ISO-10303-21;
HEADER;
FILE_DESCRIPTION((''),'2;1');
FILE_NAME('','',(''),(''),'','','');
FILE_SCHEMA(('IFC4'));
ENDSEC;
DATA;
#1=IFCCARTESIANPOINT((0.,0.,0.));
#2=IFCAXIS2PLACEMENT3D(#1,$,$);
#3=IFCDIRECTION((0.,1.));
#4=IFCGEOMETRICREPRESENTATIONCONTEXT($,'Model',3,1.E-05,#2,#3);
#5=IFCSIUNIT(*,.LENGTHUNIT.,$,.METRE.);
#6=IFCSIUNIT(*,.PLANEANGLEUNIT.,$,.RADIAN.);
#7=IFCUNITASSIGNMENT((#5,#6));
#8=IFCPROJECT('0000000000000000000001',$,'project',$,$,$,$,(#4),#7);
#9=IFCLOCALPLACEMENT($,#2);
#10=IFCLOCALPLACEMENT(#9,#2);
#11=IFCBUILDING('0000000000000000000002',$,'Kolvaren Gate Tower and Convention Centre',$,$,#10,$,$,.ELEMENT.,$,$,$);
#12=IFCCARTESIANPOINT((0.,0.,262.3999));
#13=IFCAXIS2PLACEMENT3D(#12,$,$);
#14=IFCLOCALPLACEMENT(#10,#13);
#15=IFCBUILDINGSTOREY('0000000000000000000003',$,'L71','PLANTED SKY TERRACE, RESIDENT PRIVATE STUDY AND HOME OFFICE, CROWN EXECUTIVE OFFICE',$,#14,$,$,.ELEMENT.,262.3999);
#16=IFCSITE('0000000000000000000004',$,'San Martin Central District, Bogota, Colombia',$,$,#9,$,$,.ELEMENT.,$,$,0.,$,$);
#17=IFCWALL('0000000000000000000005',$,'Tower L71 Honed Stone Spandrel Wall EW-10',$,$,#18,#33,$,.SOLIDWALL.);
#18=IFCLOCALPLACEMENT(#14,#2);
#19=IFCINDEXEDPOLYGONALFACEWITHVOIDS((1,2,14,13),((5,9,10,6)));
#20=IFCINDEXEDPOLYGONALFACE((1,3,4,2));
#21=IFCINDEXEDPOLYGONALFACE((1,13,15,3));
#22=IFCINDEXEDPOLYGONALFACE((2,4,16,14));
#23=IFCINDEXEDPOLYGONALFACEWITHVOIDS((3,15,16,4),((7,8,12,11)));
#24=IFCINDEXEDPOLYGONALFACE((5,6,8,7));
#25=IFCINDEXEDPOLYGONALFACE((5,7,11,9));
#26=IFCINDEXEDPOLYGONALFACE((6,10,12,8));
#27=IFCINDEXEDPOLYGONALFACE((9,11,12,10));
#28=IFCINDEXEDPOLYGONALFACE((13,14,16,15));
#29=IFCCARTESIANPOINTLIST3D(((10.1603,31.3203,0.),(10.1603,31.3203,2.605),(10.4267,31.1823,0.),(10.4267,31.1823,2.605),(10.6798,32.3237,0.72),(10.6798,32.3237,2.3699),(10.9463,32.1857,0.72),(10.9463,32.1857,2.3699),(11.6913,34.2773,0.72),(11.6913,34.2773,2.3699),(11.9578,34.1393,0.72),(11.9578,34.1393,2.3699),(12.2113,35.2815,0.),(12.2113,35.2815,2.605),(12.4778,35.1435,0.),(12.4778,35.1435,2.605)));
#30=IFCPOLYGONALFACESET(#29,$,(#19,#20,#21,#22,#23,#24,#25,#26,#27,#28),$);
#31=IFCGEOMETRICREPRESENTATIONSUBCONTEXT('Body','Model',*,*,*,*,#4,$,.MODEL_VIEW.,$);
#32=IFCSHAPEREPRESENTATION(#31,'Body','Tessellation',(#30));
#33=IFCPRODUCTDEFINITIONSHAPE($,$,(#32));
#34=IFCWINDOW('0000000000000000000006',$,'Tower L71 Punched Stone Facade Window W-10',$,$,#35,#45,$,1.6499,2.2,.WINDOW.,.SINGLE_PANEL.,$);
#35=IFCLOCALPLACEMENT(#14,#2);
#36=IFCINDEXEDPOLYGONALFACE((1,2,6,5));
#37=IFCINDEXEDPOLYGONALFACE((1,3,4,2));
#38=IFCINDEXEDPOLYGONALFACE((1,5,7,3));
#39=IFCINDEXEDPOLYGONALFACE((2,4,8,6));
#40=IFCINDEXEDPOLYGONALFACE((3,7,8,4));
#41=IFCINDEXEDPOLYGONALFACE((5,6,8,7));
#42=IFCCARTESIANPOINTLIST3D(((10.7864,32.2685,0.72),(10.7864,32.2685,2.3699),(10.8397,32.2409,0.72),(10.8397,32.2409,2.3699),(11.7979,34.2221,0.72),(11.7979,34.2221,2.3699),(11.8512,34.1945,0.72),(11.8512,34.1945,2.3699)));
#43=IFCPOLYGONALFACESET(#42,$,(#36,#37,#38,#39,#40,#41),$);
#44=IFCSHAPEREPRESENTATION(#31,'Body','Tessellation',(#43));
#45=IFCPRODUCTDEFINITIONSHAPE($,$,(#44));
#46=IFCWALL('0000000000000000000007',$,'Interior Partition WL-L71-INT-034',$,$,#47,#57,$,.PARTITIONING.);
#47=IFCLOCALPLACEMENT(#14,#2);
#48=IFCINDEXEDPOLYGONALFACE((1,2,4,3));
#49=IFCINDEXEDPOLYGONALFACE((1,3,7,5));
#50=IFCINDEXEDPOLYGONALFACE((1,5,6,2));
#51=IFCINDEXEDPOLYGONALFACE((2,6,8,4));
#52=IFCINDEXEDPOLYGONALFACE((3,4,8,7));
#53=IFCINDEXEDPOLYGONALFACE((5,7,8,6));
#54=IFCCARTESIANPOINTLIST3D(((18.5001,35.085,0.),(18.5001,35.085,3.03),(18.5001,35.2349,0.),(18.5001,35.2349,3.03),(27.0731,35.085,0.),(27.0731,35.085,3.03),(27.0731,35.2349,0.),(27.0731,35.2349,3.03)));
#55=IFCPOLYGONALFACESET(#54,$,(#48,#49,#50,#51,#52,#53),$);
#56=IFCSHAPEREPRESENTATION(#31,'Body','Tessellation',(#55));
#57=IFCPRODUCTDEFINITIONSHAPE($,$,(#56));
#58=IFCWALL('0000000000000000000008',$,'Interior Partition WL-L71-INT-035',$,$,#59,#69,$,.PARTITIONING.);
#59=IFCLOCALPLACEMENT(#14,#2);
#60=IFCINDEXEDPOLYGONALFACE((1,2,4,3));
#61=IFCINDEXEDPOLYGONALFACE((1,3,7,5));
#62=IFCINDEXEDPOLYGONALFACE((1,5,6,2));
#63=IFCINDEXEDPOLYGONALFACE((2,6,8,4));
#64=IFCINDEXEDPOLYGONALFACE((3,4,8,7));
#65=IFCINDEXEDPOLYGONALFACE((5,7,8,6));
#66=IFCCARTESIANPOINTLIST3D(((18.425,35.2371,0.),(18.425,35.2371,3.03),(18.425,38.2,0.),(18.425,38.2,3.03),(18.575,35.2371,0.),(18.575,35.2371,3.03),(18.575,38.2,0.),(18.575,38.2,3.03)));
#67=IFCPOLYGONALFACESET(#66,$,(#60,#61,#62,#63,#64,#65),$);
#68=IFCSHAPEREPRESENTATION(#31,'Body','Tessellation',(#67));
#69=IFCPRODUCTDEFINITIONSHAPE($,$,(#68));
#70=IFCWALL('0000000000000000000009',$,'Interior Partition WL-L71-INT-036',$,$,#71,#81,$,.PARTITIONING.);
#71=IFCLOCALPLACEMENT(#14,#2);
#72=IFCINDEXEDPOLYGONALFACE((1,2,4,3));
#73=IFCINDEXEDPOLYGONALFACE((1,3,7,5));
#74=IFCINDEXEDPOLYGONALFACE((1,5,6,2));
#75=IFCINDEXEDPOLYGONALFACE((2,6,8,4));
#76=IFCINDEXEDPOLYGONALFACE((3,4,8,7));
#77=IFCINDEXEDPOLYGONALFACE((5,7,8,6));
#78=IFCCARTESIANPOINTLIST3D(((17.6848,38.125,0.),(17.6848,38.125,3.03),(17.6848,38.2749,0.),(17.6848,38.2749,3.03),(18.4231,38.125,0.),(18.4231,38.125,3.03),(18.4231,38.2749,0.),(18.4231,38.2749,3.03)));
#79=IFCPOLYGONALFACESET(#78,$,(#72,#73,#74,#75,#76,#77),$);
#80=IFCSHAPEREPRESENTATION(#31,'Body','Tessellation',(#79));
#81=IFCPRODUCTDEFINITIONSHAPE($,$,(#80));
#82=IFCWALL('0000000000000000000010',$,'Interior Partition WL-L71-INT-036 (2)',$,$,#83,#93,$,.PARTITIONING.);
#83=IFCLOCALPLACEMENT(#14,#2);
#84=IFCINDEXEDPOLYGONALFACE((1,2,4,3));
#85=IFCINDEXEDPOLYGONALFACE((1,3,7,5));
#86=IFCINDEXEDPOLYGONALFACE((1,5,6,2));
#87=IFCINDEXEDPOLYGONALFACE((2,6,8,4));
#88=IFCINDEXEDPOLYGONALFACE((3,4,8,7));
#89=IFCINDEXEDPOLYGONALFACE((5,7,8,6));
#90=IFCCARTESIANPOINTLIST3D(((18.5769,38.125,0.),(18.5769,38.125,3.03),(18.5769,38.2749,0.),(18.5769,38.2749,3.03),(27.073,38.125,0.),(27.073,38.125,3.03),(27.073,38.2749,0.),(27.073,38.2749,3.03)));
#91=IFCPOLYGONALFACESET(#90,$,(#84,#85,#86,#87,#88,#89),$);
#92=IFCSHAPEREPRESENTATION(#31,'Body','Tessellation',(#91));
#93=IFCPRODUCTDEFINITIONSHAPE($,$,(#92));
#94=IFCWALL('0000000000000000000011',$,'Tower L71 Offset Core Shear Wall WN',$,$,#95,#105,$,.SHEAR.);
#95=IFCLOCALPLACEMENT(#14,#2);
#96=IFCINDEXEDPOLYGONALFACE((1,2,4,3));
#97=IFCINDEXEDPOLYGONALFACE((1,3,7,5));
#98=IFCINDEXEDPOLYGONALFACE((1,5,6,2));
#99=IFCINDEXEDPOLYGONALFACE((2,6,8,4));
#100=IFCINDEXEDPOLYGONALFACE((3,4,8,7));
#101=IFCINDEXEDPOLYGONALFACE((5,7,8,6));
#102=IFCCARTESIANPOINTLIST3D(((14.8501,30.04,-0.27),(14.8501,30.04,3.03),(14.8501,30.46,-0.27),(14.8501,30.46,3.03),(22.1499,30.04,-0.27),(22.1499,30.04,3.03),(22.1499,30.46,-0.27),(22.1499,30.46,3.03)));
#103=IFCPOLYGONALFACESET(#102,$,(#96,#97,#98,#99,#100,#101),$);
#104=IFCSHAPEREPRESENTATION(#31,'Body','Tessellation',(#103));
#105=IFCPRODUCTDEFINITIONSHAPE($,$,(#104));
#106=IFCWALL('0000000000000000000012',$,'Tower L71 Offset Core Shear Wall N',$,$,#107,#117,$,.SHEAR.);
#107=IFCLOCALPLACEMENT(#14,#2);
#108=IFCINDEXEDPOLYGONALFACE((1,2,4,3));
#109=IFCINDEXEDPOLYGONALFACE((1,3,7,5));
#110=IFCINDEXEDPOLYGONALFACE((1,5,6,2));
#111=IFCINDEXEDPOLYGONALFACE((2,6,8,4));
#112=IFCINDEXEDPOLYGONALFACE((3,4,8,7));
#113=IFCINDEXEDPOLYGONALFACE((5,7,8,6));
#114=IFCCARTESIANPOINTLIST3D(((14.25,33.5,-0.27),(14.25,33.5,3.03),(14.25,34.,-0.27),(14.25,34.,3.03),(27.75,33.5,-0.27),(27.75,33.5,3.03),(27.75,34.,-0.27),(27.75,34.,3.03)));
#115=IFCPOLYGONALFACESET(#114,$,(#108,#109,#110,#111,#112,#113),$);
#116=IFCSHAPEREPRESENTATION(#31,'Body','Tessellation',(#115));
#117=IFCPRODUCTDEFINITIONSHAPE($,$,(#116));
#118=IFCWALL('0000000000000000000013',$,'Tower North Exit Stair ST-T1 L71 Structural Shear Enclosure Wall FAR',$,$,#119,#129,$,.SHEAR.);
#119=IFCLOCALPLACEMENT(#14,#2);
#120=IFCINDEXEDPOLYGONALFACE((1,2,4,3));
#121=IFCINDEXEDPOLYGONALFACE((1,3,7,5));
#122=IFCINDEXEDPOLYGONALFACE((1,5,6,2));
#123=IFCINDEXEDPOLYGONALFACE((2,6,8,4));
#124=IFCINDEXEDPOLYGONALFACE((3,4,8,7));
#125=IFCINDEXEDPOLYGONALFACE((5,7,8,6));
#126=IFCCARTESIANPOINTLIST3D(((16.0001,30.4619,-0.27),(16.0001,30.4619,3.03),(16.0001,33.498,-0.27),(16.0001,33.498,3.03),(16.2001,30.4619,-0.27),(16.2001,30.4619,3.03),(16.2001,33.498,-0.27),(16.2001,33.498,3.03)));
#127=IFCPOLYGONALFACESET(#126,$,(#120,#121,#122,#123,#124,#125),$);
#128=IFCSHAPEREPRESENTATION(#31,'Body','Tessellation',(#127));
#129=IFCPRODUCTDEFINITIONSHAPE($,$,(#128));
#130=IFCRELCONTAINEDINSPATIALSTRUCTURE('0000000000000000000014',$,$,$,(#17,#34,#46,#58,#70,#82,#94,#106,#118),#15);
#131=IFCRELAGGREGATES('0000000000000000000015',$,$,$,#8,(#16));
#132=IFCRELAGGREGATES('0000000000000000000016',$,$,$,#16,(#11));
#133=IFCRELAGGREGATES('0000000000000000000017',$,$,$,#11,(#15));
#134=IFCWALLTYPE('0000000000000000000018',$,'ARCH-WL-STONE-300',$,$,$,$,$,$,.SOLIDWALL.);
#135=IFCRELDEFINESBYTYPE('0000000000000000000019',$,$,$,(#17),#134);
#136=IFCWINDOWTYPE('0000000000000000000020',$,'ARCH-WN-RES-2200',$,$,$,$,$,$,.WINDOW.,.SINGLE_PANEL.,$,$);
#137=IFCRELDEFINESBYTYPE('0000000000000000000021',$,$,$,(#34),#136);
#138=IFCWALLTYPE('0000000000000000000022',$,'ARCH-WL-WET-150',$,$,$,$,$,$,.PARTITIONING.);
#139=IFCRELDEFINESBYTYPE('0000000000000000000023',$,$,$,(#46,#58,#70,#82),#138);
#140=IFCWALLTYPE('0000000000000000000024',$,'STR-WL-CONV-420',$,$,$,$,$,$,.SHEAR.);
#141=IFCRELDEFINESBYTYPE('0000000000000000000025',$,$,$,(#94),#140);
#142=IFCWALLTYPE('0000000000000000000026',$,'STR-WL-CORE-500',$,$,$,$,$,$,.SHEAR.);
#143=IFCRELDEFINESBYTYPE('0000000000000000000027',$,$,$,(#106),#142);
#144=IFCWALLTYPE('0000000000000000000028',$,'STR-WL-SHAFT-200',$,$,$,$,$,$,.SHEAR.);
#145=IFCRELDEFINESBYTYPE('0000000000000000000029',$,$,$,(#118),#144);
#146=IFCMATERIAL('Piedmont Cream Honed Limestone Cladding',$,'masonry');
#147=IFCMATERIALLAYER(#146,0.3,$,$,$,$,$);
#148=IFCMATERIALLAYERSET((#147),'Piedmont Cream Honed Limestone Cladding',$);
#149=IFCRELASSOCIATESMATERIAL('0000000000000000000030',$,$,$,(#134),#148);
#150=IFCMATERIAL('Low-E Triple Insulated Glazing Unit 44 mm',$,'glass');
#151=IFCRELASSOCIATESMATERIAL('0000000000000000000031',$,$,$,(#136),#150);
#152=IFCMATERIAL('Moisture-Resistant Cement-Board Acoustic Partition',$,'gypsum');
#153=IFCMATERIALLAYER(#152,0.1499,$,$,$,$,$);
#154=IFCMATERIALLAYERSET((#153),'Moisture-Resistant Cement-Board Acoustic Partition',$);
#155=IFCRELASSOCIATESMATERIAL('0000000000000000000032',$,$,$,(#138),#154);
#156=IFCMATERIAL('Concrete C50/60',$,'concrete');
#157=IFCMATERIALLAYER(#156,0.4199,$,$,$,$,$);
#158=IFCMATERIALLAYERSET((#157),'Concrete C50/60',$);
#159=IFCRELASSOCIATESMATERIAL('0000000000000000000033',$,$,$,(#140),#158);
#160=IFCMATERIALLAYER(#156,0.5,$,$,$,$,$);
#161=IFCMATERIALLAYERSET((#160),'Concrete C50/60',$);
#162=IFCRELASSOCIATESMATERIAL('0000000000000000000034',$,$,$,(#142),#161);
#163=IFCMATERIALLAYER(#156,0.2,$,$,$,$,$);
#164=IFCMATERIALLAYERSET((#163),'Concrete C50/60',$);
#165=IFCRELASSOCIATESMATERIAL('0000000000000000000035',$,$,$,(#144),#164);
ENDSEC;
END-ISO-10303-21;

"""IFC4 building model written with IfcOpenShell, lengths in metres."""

from ifc_helpers import new_model, si_unit, direction, frame, frame_2d, origin, place, context, subcontext, project, spatial, rectangle, extrude, material, layer, layer_set, type_object, element, fill, save


model = new_model("IFC4")

# Units and contexts
model_context = context("Model", 3, precision=1e-05, world=origin(), true_north=direction((0.0, 1.0)))
body_context = subcontext(model_context, "Body", "Model", "MODEL_VIEW")
ifc_project = project(units=[si_unit("LENGTHUNIT", "METRE"), si_unit("PLANEANGLEUNIT", "RADIAN")], contexts=[model_context])

# Site, building, storey
site_placement = place(None, origin())
site = spatial("IfcSite", under=ifc_project, at=site_placement, Name="San Martin Central District, Bogota, Colombia", CompositionType="ELEMENT", RefElevation=0.0)
building_placement = place(site_placement, origin())
building = spatial("IfcBuilding", under=site, at=building_placement, Name="Kolvaren Gate Tower and Convention Centre", CompositionType="ELEMENT")
storey_placement = place(building_placement, frame((0.0, 0.0, 262.3999)))
storey = spatial("IfcBuildingStorey", under=building, at=storey_placement, Name="L71", Description="PLANTED SKY TERRACE, RESIDENT PRIVATE STUDY AND HOME OFFICE, CROWN EXECUTIVE OFFICE", CompositionType="ELEMENT", Elevation=262.3999)

# Wall, opening, window
ifc_material_1 = material(Name="Piedmont Cream Honed Limestone Cladding", Category="masonry")
ifc_layer_1 = layer(ifc_material_1, 0.3)
ifc_layer_set_1 = layer_set([ifc_layer_1], Name="Piedmont Cream Honed Limestone Cladding")
wall_type_1 = type_object("IfcWallType", Name="ARCH-WL-STONE-300", PredefinedType="SOLIDWALL", material=ifc_layer_set_1)
ifc_material_2 = material(Name="Low-E Triple Insulated Glazing Unit 44 mm", Category="glass")
window_type = type_object("IfcWindowType", Name="ARCH-WN-RES-2200", PartitioningType="SINGLE_PANEL", PredefinedType="WINDOW", material=ifc_material_2)
wall_1_placement = place(storey_placement, frame((10.2935, 31.2512, 0.0), z_axis=(0.0, 0.0, 1.0), x_axis=(0.459801, 0.888022, 0.0)))
wall_1 = element("IfcWall", 1, at=wall_1_placement, inside=storey, type_object=wall_type_1, Name="Tower L71 Honed Stone Spandrel Wall EW-10", PredefinedType="SOLIDWALL", context=body_context, shape_type="SweptSolid", body=[
    extrude(rectangle(XDim=4.4607, YDim=0.3, at=frame_2d((2.2305, 0.0))), origin(), (0.0, 0.0, 1.0), 2.605),
])
opening_1_placement = place(wall_1_placement, frame((1.1299, 0.0, 0.72)))
opening_1 = element("IfcOpeningElement", 2, at=opening_1_placement, cuts=wall_1, PredefinedType="OPENING", context=body_context, shape_type="SweptSolid", body=[
    extrude(rectangle(XDim=2.2, YDim=1.6499, at=frame_2d((1.1001, 0.825))), frame((0.0, 0.1599, 0.0), z_axis=(0.0, -1.0, 0.0), x_axis=(1.0, 0.0, 0.0)), (0.0, 0.0, 1.0), 0.3201),
])
window_1_placement = place(opening_1_placement, origin())
window_1 = element("IfcWindow", 3, at=window_1_placement, inside=storey, type_object=window_type, Name="Tower L71 Punched Stone Facade Window W-10", OverallHeight=1.6499, OverallWidth=2.2, PartitioningType="SINGLE_PANEL", PredefinedType="WINDOW", context=body_context, shape_type="SweptSolid", body=[
    extrude(rectangle(XDim=2.2, YDim=1.6499, at=frame_2d((1.1001, 0.825))), frame((0.0, 0.03, 0.0), z_axis=(0.0, -1.0, 0.0), x_axis=(1.0, 0.0, 0.0)), (0.0, 0.0, 1.0), 0.0601),
])
fill(opening_1, window_1)

# Walls
ifc_material_3 = material(Name="Moisture-Resistant Cement-Board Acoustic Partition", Category="gypsum")
ifc_layer_2 = layer(ifc_material_3, 0.1499)
ifc_layer_set_2 = layer_set([ifc_layer_2], Name="Moisture-Resistant Cement-Board Acoustic Partition")
wall_type_2 = type_object("IfcWallType", Name="ARCH-WL-WET-150", PredefinedType="PARTITIONING", material=ifc_layer_set_2)
wall_2_placement = place(storey_placement, frame((18.5, 35.1599, 0.0), z_axis=(0.0, 0.0, 1.0), x_axis=(1.0, 0.0, 0.0)))
element("IfcWall", 4, at=wall_2_placement, inside=storey, type_object=wall_type_2, Name="Interior Partition WL-L71-INT-034", PredefinedType="PARTITIONING", context=body_context, shape_type="SweptSolid", body=[
    extrude(rectangle(XDim=8.573, YDim=0.1499, at=frame_2d((4.2866, 0.0))), origin(), (0.0, 0.0, 1.0), 3.03),
])
wall_3_placement = place(storey_placement, frame((18.5, 35.2371, 0.0), z_axis=(0.0, 0.0, 1.0), x_axis=(0.0, 1.0, 0.0)))
element("IfcWall", 5, at=wall_3_placement, inside=storey, type_object=wall_type_2, Name="Interior Partition WL-L71-INT-035", PredefinedType="PARTITIONING", context=body_context, shape_type="SweptSolid", body=[
    extrude(rectangle(XDim=2.9629, YDim=0.1499, at=frame_2d((1.4814, 0.0))), origin(), (0.0, 0.0, 1.0), 3.03),
])
wall_4_placement = place(storey_placement, frame((17.6848, 38.2, 0.0), z_axis=(0.0, 0.0, 1.0), x_axis=(1.0, 0.0, 0.0)))
element("IfcWall", 6, at=wall_4_placement, inside=storey, type_object=wall_type_2, Name="Interior Partition WL-L71-INT-036", PredefinedType="PARTITIONING", context=body_context, shape_type="SweptSolid", body=[
    extrude(rectangle(XDim=0.7383, YDim=0.1499, at=frame_2d((0.3691, 0.0))), origin(), (0.0, 0.0, 1.0), 3.03),
])
wall_5_placement = place(storey_placement, frame((18.5769, 38.2, 0.0), z_axis=(0.0, 0.0, 1.0), x_axis=(1.0, 0.0, 0.0)))
element("IfcWall", 7, at=wall_5_placement, inside=storey, type_object=wall_type_2, Name="Interior Partition WL-L71-INT-036 (2)", PredefinedType="PARTITIONING", context=body_context, shape_type="SweptSolid", body=[
    extrude(rectangle(XDim=8.4961, YDim=0.1499, at=frame_2d((4.248, 0.0))), origin(), (0.0, 0.0, 1.0), 3.03),
])
ifc_material_4 = material(Name="Concrete C50/60", Category="concrete")
ifc_layer_3 = layer(ifc_material_4, 0.4199)
ifc_layer_set_3 = layer_set([ifc_layer_3], Name="Concrete C50/60")
wall_type_3 = type_object("IfcWallType", Name="STR-WL-CONV-420", PredefinedType="SHEAR", material=ifc_layer_set_3)
wall_6_placement = place(storey_placement, frame((14.8501, 30.25, -0.27), z_axis=(0.0, 0.0, 1.0), x_axis=(1.0, 0.0, 0.0)))
element("IfcWall", 8, at=wall_6_placement, inside=storey, type_object=wall_type_3, Name="Tower L71 Offset Core Shear Wall WN", PredefinedType="SHEAR", context=body_context, shape_type="SweptSolid", body=[
    extrude(rectangle(XDim=7.2998, YDim=0.4199, at=frame_2d((3.6499, 0.0))), origin(), (0.0, 0.0, 1.0), 3.3),
])
ifc_layer_4 = layer(ifc_material_4, 0.5)
ifc_layer_set_4 = layer_set([ifc_layer_4], Name="Concrete C50/60")
wall_type_4 = type_object("IfcWallType", Name="STR-WL-CORE-500", PredefinedType="SHEAR", material=ifc_layer_set_4)
wall_7_placement = place(storey_placement, frame((14.25, 33.75, -0.27), z_axis=(0.0, 0.0, 1.0), x_axis=(1.0, 0.0, 0.0)))
element("IfcWall", 9, at=wall_7_placement, inside=storey, type_object=wall_type_4, Name="Tower L71 Offset Core Shear Wall N", PredefinedType="SHEAR", context=body_context, shape_type="SweptSolid", body=[
    extrude(rectangle(XDim=13.5, YDim=0.5, at=frame_2d((6.75, 0.0))), origin(), (0.0, 0.0, 1.0), 3.3),
])
ifc_layer_5 = layer(ifc_material_4, 0.2)
ifc_layer_set_5 = layer_set([ifc_layer_5], Name="Concrete C50/60")
wall_type_5 = type_object("IfcWallType", Name="STR-WL-SHAFT-200", PredefinedType="SHEAR", material=ifc_layer_set_5)
wall_8_placement = place(storey_placement, frame((16.1001, 30.4619, -0.27), z_axis=(0.0, 0.0, 1.0), x_axis=(0.0, 1.0, 0.0)))
element("IfcWall", 10, at=wall_8_placement, inside=storey, type_object=wall_type_5, Name="Tower North Exit Stair ST-T1 L71 Structural Shear Enclosure Wall FAR", PredefinedType="SHEAR", context=body_context, shape_type="SweptSolid", body=[
    extrude(rectangle(XDim=3.0361, YDim=0.2, at=frame_2d((1.5181, 0.0))), origin(), (0.0, 0.0, 1.0), 3.3),
])

save(model, "model.ifc")
